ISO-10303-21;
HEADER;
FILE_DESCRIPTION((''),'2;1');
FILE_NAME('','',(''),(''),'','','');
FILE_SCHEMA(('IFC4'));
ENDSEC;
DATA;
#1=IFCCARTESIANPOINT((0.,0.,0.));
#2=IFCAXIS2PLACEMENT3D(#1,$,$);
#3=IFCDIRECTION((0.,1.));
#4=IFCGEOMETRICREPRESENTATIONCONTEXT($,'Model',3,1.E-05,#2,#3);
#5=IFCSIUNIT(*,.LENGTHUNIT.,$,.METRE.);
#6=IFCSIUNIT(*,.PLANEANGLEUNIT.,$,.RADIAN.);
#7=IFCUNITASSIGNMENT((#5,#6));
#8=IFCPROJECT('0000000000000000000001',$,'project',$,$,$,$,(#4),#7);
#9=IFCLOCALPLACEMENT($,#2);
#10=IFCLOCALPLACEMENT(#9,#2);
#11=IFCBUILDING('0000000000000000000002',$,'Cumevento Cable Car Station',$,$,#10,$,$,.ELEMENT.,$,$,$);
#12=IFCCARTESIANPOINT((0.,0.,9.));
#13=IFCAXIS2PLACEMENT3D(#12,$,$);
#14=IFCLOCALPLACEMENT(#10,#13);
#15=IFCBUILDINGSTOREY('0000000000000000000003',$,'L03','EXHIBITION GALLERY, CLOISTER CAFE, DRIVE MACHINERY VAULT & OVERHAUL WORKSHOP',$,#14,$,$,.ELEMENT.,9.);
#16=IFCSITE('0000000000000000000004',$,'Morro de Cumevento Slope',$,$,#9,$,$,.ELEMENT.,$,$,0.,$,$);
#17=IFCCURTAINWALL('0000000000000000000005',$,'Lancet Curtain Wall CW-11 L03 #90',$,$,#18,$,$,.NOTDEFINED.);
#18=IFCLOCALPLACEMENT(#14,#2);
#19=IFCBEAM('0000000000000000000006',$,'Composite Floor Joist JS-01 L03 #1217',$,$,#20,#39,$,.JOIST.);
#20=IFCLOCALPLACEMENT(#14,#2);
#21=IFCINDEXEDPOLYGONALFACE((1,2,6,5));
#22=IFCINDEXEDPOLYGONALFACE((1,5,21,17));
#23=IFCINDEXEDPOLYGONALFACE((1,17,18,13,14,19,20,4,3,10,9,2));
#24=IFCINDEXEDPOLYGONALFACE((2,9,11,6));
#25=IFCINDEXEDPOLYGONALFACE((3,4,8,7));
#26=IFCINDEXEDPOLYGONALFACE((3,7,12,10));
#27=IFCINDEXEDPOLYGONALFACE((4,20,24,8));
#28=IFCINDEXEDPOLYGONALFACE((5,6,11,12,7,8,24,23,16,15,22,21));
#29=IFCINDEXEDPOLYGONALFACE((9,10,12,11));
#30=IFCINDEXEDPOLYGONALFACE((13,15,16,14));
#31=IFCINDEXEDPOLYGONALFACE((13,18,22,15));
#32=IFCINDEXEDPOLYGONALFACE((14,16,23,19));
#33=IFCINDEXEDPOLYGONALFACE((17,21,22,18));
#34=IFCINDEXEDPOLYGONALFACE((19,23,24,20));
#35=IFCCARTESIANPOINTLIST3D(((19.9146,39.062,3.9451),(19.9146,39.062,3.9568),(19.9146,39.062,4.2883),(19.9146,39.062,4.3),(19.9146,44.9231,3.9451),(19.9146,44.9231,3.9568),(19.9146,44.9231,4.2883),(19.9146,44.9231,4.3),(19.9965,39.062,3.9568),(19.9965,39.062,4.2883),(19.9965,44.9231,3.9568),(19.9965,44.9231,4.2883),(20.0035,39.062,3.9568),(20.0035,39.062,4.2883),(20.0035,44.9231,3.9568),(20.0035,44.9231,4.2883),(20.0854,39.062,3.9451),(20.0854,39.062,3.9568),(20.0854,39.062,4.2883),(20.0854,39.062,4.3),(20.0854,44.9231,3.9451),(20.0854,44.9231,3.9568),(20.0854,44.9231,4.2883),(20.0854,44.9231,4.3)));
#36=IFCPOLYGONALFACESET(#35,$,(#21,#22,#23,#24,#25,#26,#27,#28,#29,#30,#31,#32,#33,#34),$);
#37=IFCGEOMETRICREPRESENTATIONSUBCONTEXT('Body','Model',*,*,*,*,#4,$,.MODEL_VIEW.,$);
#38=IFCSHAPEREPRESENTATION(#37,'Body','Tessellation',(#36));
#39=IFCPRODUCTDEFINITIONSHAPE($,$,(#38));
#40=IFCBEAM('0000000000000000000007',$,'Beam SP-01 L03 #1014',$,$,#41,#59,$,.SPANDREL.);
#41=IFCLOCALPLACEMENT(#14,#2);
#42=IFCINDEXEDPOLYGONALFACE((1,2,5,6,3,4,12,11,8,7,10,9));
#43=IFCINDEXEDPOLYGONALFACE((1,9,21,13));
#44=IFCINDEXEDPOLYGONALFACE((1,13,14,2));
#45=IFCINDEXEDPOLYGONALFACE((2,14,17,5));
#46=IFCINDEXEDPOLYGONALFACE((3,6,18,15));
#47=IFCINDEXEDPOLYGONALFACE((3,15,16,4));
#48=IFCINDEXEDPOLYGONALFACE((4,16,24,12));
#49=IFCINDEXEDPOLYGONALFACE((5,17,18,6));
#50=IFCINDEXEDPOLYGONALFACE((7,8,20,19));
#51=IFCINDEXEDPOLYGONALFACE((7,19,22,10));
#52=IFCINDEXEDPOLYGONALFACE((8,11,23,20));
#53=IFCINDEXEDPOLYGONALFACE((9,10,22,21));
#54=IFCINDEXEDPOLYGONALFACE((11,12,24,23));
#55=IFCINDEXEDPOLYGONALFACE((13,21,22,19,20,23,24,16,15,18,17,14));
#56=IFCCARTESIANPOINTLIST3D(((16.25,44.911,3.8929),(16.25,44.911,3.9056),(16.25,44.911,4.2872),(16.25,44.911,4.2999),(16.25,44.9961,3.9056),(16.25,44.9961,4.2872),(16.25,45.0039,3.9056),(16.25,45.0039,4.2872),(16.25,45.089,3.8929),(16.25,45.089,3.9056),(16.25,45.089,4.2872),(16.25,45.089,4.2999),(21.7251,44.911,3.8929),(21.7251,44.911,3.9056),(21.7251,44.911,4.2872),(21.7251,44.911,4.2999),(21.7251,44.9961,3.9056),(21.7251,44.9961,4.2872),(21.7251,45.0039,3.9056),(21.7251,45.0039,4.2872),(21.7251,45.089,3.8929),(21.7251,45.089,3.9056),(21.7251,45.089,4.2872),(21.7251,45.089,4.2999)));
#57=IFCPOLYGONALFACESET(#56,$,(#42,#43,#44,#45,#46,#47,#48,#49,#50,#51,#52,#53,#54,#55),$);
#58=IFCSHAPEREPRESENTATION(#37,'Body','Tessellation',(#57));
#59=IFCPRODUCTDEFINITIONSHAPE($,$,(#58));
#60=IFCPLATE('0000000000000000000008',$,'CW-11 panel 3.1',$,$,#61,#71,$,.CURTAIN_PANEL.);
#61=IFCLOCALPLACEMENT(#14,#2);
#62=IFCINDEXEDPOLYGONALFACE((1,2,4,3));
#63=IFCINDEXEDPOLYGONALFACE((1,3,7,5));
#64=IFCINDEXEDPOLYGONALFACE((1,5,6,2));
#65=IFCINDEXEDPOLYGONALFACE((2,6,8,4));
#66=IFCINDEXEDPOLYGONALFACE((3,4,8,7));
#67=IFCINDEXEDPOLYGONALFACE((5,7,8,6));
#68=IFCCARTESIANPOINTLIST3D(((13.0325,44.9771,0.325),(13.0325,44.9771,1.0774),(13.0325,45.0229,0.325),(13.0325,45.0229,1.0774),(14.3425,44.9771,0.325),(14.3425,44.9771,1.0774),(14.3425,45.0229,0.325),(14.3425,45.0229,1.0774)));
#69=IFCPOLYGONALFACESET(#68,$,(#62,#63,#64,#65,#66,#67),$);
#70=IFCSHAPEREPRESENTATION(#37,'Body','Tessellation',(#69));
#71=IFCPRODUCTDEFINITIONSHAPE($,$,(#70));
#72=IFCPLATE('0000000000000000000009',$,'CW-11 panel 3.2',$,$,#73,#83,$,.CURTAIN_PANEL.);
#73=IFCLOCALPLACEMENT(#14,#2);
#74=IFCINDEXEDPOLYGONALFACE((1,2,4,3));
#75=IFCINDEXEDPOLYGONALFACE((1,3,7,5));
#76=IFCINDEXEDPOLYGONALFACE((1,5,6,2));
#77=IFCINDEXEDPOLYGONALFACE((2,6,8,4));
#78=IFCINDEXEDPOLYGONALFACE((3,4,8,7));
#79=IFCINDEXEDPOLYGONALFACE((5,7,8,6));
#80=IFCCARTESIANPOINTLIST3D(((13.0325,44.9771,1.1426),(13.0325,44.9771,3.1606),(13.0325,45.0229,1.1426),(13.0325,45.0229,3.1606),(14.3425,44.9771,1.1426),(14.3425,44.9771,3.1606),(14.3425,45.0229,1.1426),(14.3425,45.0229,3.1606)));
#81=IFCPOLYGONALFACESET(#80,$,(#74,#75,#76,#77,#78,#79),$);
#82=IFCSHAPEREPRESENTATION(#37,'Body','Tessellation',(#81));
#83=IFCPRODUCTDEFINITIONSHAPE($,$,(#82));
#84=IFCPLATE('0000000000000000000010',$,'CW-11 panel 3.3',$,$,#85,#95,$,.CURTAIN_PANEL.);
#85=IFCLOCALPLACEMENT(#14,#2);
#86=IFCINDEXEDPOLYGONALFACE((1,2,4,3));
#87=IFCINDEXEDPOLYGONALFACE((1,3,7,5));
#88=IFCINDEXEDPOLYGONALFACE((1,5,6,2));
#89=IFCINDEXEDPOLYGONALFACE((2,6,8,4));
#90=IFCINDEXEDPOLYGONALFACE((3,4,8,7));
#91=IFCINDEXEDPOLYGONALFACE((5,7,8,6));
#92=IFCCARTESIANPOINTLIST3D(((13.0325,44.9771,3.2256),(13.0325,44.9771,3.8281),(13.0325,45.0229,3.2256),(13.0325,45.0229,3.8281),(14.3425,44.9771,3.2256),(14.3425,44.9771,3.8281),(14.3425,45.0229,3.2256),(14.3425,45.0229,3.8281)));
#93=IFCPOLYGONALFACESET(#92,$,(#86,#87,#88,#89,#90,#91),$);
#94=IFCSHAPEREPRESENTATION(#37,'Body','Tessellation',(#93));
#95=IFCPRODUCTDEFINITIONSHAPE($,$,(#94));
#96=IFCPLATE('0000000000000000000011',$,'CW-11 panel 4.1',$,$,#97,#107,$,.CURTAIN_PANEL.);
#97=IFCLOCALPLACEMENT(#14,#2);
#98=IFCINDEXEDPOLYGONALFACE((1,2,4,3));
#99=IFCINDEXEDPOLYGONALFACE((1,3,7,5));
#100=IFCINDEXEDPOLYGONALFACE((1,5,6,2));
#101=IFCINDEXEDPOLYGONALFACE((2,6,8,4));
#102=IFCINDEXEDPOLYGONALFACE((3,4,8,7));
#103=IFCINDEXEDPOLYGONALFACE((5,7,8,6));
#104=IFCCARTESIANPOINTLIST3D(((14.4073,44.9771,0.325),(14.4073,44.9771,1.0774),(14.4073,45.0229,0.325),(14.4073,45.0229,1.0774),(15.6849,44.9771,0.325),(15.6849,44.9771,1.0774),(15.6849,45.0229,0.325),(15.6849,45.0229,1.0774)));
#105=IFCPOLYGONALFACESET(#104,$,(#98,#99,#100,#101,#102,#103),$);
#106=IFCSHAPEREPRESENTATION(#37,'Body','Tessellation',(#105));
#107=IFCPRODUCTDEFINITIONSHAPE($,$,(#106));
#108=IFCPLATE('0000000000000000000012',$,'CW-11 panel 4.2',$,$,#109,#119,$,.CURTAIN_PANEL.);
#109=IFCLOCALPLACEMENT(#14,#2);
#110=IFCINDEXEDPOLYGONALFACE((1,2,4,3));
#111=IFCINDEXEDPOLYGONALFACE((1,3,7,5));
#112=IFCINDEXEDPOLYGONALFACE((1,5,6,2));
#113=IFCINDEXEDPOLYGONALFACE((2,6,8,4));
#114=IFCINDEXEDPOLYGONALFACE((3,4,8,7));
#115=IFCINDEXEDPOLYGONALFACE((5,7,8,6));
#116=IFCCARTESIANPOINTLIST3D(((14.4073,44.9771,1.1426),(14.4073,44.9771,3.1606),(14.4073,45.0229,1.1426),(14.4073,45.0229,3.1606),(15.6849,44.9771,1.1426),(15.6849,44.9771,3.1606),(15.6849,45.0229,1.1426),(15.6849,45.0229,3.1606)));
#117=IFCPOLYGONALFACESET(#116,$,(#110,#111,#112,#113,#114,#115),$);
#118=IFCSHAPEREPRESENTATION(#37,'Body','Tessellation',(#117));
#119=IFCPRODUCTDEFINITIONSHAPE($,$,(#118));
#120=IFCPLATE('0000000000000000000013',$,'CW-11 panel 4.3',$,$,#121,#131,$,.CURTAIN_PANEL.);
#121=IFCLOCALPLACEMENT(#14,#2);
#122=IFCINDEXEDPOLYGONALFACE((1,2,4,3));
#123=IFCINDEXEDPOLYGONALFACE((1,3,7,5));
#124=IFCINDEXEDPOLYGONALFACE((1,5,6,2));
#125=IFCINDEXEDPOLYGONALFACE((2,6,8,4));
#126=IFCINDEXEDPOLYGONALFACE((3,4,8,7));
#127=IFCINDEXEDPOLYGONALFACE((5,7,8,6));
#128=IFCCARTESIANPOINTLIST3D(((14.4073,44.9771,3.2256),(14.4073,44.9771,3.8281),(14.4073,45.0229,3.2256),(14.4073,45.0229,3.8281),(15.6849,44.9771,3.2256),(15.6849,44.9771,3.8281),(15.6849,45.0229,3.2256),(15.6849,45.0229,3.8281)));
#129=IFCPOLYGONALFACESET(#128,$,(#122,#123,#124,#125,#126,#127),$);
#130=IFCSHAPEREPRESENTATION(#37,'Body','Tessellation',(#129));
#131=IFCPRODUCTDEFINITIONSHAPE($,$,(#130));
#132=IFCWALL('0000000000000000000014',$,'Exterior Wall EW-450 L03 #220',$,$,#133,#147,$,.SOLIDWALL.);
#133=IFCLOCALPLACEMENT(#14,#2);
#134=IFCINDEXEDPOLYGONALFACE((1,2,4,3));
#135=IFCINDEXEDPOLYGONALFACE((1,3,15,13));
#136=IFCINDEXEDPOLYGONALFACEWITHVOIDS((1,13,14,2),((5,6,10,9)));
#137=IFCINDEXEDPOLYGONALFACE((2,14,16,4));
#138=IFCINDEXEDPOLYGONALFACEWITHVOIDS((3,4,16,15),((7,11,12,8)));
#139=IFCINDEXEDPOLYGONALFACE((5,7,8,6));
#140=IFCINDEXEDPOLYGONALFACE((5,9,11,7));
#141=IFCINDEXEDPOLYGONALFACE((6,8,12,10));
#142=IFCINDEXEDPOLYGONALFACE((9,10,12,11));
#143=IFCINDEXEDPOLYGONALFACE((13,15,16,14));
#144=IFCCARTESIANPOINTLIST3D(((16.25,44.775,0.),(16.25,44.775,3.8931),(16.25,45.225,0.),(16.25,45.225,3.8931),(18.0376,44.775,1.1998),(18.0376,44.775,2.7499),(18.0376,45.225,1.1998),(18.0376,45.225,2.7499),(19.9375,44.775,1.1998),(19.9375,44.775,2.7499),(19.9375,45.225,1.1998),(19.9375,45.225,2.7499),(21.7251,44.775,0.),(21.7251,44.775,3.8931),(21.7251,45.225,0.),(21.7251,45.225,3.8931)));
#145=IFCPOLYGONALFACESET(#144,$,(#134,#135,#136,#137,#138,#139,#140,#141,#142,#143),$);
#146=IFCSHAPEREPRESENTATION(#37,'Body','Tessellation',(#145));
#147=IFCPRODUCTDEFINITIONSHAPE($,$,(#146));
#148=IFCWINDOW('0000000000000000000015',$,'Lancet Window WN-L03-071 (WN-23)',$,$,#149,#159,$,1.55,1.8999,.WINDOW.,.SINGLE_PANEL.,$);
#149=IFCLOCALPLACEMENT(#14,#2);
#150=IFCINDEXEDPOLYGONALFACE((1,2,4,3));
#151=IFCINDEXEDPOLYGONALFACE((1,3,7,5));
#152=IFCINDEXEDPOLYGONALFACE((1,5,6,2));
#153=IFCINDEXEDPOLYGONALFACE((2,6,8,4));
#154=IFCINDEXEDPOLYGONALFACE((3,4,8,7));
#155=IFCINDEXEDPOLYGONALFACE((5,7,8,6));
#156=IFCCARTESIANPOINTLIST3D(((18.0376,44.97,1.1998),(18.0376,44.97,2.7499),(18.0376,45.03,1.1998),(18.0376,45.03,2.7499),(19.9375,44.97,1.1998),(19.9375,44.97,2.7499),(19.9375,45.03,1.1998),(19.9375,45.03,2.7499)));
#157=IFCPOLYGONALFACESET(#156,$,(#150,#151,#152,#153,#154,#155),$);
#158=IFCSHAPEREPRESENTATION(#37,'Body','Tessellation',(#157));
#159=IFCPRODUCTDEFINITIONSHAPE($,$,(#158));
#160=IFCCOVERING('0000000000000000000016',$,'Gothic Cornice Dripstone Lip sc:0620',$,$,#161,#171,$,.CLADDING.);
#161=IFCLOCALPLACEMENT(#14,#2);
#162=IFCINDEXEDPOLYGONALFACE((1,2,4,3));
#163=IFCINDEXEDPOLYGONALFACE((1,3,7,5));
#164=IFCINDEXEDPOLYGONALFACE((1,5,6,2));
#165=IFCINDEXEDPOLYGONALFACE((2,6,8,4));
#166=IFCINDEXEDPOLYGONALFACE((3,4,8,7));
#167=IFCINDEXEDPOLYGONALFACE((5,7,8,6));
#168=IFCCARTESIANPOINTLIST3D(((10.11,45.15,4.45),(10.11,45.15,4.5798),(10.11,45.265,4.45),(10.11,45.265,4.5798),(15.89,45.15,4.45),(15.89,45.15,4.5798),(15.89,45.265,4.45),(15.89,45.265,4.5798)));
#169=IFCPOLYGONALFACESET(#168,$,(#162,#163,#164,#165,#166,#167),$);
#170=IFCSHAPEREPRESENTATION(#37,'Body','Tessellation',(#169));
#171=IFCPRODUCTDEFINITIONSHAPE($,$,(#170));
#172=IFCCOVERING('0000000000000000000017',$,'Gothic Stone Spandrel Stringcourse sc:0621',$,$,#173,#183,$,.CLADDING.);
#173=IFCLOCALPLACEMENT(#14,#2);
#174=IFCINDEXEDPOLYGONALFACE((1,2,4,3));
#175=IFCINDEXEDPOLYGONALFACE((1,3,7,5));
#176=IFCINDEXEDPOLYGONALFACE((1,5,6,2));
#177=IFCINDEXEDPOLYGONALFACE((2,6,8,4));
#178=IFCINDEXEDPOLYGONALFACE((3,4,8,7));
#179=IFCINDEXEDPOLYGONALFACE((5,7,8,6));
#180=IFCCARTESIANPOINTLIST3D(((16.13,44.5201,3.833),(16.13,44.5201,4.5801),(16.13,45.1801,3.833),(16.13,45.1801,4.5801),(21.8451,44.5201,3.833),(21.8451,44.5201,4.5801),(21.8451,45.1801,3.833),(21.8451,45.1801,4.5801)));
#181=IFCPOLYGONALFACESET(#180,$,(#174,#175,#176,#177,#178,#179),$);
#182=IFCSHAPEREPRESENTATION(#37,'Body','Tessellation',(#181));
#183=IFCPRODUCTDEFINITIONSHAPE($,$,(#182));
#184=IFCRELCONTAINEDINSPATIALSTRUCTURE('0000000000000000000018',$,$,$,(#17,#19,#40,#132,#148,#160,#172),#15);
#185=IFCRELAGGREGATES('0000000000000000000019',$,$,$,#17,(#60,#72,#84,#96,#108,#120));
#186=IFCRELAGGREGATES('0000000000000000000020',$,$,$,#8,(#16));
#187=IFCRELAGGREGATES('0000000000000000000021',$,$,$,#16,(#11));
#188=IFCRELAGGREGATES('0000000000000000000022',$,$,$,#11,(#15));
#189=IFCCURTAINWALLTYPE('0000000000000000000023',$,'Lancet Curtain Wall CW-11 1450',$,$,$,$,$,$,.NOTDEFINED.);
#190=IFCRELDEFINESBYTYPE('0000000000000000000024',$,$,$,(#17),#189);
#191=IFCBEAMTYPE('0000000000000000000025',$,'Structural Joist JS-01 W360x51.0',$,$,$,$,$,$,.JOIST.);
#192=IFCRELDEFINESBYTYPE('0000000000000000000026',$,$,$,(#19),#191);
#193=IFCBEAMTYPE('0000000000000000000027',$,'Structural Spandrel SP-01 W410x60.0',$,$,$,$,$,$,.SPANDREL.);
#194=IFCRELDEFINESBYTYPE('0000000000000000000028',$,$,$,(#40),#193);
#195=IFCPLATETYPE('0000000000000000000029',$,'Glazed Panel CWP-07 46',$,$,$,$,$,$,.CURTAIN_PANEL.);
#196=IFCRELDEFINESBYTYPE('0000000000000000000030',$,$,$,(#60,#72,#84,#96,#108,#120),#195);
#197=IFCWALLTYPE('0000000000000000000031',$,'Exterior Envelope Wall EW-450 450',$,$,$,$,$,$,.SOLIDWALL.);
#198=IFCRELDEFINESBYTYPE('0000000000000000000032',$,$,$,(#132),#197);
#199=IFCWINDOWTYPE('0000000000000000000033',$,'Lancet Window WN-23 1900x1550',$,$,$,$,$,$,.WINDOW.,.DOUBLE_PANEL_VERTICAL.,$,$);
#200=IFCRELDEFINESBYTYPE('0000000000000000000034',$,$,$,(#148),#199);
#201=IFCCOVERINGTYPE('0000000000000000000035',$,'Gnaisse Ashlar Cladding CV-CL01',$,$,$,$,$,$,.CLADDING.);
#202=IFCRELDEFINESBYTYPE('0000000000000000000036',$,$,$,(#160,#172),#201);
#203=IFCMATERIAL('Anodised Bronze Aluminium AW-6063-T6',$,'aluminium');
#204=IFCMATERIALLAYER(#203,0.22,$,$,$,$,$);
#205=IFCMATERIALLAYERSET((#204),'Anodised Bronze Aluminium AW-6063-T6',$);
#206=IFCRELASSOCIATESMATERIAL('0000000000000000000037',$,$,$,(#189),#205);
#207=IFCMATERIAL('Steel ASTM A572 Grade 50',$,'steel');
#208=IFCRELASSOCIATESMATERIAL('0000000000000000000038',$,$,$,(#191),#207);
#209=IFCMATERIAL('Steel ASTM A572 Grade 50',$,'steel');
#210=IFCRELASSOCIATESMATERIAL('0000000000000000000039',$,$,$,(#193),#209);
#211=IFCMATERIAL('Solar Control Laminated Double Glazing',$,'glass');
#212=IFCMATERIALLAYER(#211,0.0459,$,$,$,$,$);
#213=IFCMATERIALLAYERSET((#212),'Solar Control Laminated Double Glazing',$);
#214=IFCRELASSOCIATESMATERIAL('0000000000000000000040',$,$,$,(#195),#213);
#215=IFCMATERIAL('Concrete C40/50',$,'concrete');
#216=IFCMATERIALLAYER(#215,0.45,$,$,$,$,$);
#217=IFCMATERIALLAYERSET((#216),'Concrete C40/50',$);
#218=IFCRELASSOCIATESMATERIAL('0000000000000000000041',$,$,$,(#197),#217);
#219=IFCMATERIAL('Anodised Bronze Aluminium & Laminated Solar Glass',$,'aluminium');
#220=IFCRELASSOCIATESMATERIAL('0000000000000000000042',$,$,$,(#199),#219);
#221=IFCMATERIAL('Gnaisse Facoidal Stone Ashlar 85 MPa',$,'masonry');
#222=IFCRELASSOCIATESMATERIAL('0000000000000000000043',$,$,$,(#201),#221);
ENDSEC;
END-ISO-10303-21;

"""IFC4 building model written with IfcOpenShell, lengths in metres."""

from ifc_helpers import new_model, si_unit, direction, frame, frame_2d, origin, origin_2d, place, context, subcontext, project, spatial, rectangle, i_section, extrude, material, layer, layer_set, material_profile, profile_set, type_object, element, fill, aggregate, save


model = new_model("IFC4")

# Units and contexts
model_context = context("Model", 3, precision=1e-05, world=origin(), true_north=direction((0.0, 1.0)))
body_context = subcontext(model_context, "Body", "Model", "MODEL_VIEW")
ifc_project = project(units=[si_unit("LENGTHUNIT", "METRE"), si_unit("PLANEANGLEUNIT", "RADIAN")], contexts=[model_context])

# Site, building, storey
site_placement = place(None, origin())
site = spatial("IfcSite", under=ifc_project, at=site_placement, Name="Morro de Cumevento Slope", CompositionType="ELEMENT", RefElevation=0.0)
building_placement = place(site_placement, origin())
building = spatial("IfcBuilding", under=site, at=building_placement, Name="Cumevento Cable Car Station", CompositionType="ELEMENT")
storey_placement = place(building_placement, frame((0.0, 0.0, 9.0)))
storey = spatial("IfcBuildingStorey", under=building, at=storey_placement, Name="L03", Description="EXHIBITION GALLERY, CLOISTER CAFE, DRIVE MACHINERY VAULT & OVERHAUL WORKSHOP", CompositionType="ELEMENT", Elevation=9.0)

# Curtain wall
ifc_material_1 = material(Name="Anodised Bronze Aluminium AW-6063-T6", Category="aluminium")
ifc_layer_1 = layer(ifc_material_1, 0.22)
ifc_layer_set_1 = layer_set([ifc_layer_1], Name="Anodised Bronze Aluminium AW-6063-T6")
curtain_wall_type_1 = type_object("IfcCurtainWallType", Name="Lancet Curtain Wall CW-11 1450", PredefinedType="NOTDEFINED", material=ifc_layer_set_1)
curtain_wall_1_placement = place(storey_placement, origin())
curtain_wall_1 = element("IfcCurtainWall", 1, at=curtain_wall_1_placement, inside=storey, type_object=curtain_wall_type_1, Name="Lancet Curtain Wall CW-11 L03 #90", PredefinedType="NOTDEFINED")

# Beams
ifc_material_2 = material(Name="Steel ASTM A572 Grade 50", Category="steel")
ifc_material_profile_1 = material_profile(ifc_material_2, i_section(OverallWidth=0.1709, OverallDepth=0.355, WebThickness=0.0071, FlangeThickness=0.0117, at=origin_2d()), Name="W360x51.0")
ifc_profile_set_1 = profile_set([ifc_material_profile_1], Name="Steel ASTM A572 Grade 50")
beam_type_1 = type_object("IfcBeamType", Name="Structural Joist JS-01 W360x51.0", PredefinedType="JOIST", material=ifc_profile_set_1)
for number, where, z_axis, x_axis, name in (
    (2, (20.0, 39.062, 4.1226), (0.0, 1.0, 0.0), (-1.0, 0.0, 0.0), "Composite Floor Joist JS-01 L03 #1217"),
):
    element("IfcBeam", number, at=place(storey_placement, frame(where, z_axis=z_axis, x_axis=x_axis)), inside=storey, type_object=beam_type_1, Name=name, PredefinedType="JOIST", context=body_context, shape_type="SweptSolid", body=[
        extrude(i_section(OverallWidth=0.1709, OverallDepth=0.355, WebThickness=0.0071, FlangeThickness=0.0117, at=origin_2d()), origin(), (0.0, 0.0, 1.0), 5.8611),
    ])
ifc_material_3 = material(Name="Steel ASTM A572 Grade 50", Category="steel")
ifc_material_profile_2 = material_profile(ifc_material_3, i_section(OverallWidth=0.178, OverallDepth=0.407, WebThickness=0.0078, FlangeThickness=0.0127, at=origin_2d()), Name="W410x60.0")
ifc_profile_set_2 = profile_set([ifc_material_profile_2], Name="Steel ASTM A572 Grade 50")
beam_type_2 = type_object("IfcBeamType", Name="Structural Spandrel SP-01 W410x60.0", PredefinedType="SPANDREL", material=ifc_profile_set_2)
beam_1_placement = place(storey_placement, frame((16.25, 45.0, 4.0964), z_axis=(1.0, 0.0, 0.0), x_axis=(0.0, 1.0, 0.0)))
element("IfcBeam", 3, at=beam_1_placement, inside=storey, type_object=beam_type_2, Name="Beam SP-01 L03 #1014", PredefinedType="SPANDREL", context=body_context, shape_type="SweptSolid", body=[
    extrude(i_section(OverallWidth=0.178, OverallDepth=0.407, WebThickness=0.0078, FlangeThickness=0.0127, at=origin_2d()), origin(), (0.0, 0.0, 1.0), 5.4751),
])

# Plates
ifc_material_4 = material(Name="Solar Control Laminated Double Glazing", Category="glass")
ifc_layer_2 = layer(ifc_material_4, 0.0459)
ifc_layer_set_2 = layer_set([ifc_layer_2], Name="Solar Control Laminated Double Glazing")
plate_type = type_object("IfcPlateType", Name="Glazed Panel CWP-07 46", PredefinedType="CURTAIN_PANEL", material=ifc_layer_set_2)
plate_1_placement = place(storey_placement, frame((13.6875, 45.0, 0.325), z_axis=(0.0, 0.0, 1.0), x_axis=(1.0, 0.0, 0.0)))
plate_1 = element("IfcPlate", 4, at=plate_1_placement, type_object=plate_type, Name="CW-11 panel 3.1", PredefinedType="CURTAIN_PANEL", context=body_context, shape_type="SweptSolid", body=[
    extrude(rectangle(XDim=1.3101, YDim=0.0459, at=origin_2d()), origin(), (0.0, 0.0, 1.0), 0.7524),
])
plate_2_placement = place(storey_placement, frame((13.6875, 45.0, 1.1426), z_axis=(0.0, 0.0, 1.0), x_axis=(1.0, 0.0, 0.0)))
plate_2 = element("IfcPlate", 5, at=plate_2_placement, type_object=plate_type, Name="CW-11 panel 3.2", PredefinedType="CURTAIN_PANEL", context=body_context, shape_type="SweptSolid", body=[
    extrude(rectangle(XDim=1.3101, YDim=0.0459, at=origin_2d()), origin(), (0.0, 0.0, 1.0), 2.0181),
])
plate_3_placement = place(storey_placement, frame((13.6875, 45.0, 3.2256), z_axis=(0.0, 0.0, 1.0), x_axis=(1.0, 0.0, 0.0)))
plate_3 = element("IfcPlate", 6, at=plate_3_placement, type_object=plate_type, Name="CW-11 panel 3.3", PredefinedType="CURTAIN_PANEL", context=body_context, shape_type="SweptSolid", body=[
    extrude(rectangle(XDim=1.3101, YDim=0.0459, at=origin_2d()), origin(), (0.0, 0.0, 1.0), 0.6025),
])
plate_4_placement = place(storey_placement, frame((15.0461, 45.0, 0.325), z_axis=(0.0, 0.0, 1.0), x_axis=(1.0, 0.0, 0.0)))
plate_4 = element("IfcPlate", 7, at=plate_4_placement, type_object=plate_type, Name="CW-11 panel 4.1", PredefinedType="CURTAIN_PANEL", context=body_context, shape_type="SweptSolid", body=[
    extrude(rectangle(XDim=1.2776, YDim=0.0459, at=origin_2d()), origin(), (0.0, 0.0, 1.0), 0.7524),
])
plate_5_placement = place(storey_placement, frame((15.0461, 45.0, 1.1426), z_axis=(0.0, 0.0, 1.0), x_axis=(1.0, 0.0, 0.0)))
plate_5 = element("IfcPlate", 8, at=plate_5_placement, type_object=plate_type, Name="CW-11 panel 4.2", PredefinedType="CURTAIN_PANEL", context=body_context, shape_type="SweptSolid", body=[
    extrude(rectangle(XDim=1.2776, YDim=0.0459, at=origin_2d()), origin(), (0.0, 0.0, 1.0), 2.0181),
])
plate_6_placement = place(storey_placement, frame((15.0461, 45.0, 3.2256), z_axis=(0.0, 0.0, 1.0), x_axis=(1.0, 0.0, 0.0)))
plate_6 = element("IfcPlate", 9, at=plate_6_placement, type_object=plate_type, Name="CW-11 panel 4.3", PredefinedType="CURTAIN_PANEL", context=body_context, shape_type="SweptSolid", body=[
    extrude(rectangle(XDim=1.2776, YDim=0.0459, at=origin_2d()), origin(), (0.0, 0.0, 1.0), 0.6025),
])
aggregate(curtain_wall_1, [plate_1, plate_2, plate_3, plate_4, plate_5, plate_6])

# Wall, opening, window
ifc_material_5 = material(Name="Concrete C40/50", Category="concrete")
ifc_layer_3 = layer(ifc_material_5, 0.45)
ifc_layer_set_3 = layer_set([ifc_layer_3], Name="Concrete C40/50")
wall_type = type_object("IfcWallType", Name="Exterior Envelope Wall EW-450 450", PredefinedType="SOLIDWALL", material=ifc_layer_set_3)
wall_placement = place(storey_placement, frame((16.25, 45.0, 0.0), z_axis=(0.0, 0.0, 1.0), x_axis=(1.0, 0.0, 0.0)))
wall = element("IfcWall", 10, at=wall_placement, inside=storey, type_object=wall_type, Name="Exterior Wall EW-450 L03 #220", PredefinedType="SOLIDWALL", context=body_context, shape_type="SweptSolid", body=[
    extrude(rectangle(XDim=5.4751, YDim=0.45, at=frame_2d((2.7375, 0.0))), origin(), (0.0, 0.0, 1.0), 3.8931),
])
opening_placement = place(wall_placement, frame((1.7876, 0.0, 1.2)))
opening = element("IfcOpeningElement", 11, at=opening_placement, cuts=wall, PredefinedType="OPENING", context=body_context, shape_type="SweptSolid", body=[
    extrude(rectangle(XDim=1.8999, YDim=1.55, at=frame_2d((0.95, 0.7749))), frame((0.0, 0.2351, 0.0), z_axis=(0.0, -1.0, 0.0), x_axis=(1.0, 0.0, 0.0)), (0.0, 0.0, 1.0), 0.47),
])
ifc_material_6 = material(Name="Anodised Bronze Aluminium & Laminated Solar Glass", Category="aluminium")
window_type = type_object("IfcWindowType", Name="Lancet Window WN-23 1900x1550", PartitioningType="DOUBLE_PANEL_VERTICAL", PredefinedType="WINDOW", material=ifc_material_6)
window_placement = place(opening_placement, origin())
window = element("IfcWindow", 12, at=window_placement, inside=storey, type_object=window_type, Name="Lancet Window WN-L03-071 (WN-23)", OverallHeight=1.55, OverallWidth=1.8999, PartitioningType="SINGLE_PANEL", PredefinedType="WINDOW", context=body_context, shape_type="SweptSolid", body=[
    extrude(rectangle(XDim=1.8999, YDim=1.55, at=frame_2d((0.95, 0.7749))), frame((0.0, 0.03, 0.0), z_axis=(0.0, -1.0, 0.0), x_axis=(1.0, 0.0, 0.0)), (0.0, 0.0, 1.0), 0.0601),
])
fill(opening, window)

# Coverings
ifc_material_7 = material(Name="Gnaisse Facoidal Stone Ashlar 85 MPa", Category="masonry")
covering_type = type_object("IfcCoveringType", Name="Gnaisse Ashlar Cladding CV-CL01", PredefinedType="CLADDING", material=ifc_material_7)
covering_1_placement = place(storey_placement, frame((13.0, 45.2075, 4.45), z_axis=(0.0, 0.0, 1.0), x_axis=(1.0, 0.0, 0.0)))
element("IfcCovering", 13, at=covering_1_placement, inside=storey, type_object=covering_type, Name="Gothic Cornice Dripstone Lip sc:0620", PredefinedType="CLADDING", context=body_context, shape_type="SweptSolid", body=[
    extrude(rectangle(XDim=5.78, YDim=0.115, at=origin_2d()), origin(), (0.0, 0.0, 1.0), 0.1299),
])
covering_2_placement = place(storey_placement, frame((18.9875, 44.8501, 3.833), z_axis=(0.0, 0.0, 1.0), x_axis=(1.0, 0.0, 0.0)))
element("IfcCovering", 14, at=covering_2_placement, inside=storey, type_object=covering_type, Name="Gothic Stone Spandrel Stringcourse sc:0621", PredefinedType="CLADDING", context=body_context, shape_type="SweptSolid", body=[
    extrude(rectangle(XDim=5.7151, YDim=0.6599, at=origin_2d()), origin(), (0.0, 0.0, 1.0), 0.7471),
])

save(model, "model.ifc")
